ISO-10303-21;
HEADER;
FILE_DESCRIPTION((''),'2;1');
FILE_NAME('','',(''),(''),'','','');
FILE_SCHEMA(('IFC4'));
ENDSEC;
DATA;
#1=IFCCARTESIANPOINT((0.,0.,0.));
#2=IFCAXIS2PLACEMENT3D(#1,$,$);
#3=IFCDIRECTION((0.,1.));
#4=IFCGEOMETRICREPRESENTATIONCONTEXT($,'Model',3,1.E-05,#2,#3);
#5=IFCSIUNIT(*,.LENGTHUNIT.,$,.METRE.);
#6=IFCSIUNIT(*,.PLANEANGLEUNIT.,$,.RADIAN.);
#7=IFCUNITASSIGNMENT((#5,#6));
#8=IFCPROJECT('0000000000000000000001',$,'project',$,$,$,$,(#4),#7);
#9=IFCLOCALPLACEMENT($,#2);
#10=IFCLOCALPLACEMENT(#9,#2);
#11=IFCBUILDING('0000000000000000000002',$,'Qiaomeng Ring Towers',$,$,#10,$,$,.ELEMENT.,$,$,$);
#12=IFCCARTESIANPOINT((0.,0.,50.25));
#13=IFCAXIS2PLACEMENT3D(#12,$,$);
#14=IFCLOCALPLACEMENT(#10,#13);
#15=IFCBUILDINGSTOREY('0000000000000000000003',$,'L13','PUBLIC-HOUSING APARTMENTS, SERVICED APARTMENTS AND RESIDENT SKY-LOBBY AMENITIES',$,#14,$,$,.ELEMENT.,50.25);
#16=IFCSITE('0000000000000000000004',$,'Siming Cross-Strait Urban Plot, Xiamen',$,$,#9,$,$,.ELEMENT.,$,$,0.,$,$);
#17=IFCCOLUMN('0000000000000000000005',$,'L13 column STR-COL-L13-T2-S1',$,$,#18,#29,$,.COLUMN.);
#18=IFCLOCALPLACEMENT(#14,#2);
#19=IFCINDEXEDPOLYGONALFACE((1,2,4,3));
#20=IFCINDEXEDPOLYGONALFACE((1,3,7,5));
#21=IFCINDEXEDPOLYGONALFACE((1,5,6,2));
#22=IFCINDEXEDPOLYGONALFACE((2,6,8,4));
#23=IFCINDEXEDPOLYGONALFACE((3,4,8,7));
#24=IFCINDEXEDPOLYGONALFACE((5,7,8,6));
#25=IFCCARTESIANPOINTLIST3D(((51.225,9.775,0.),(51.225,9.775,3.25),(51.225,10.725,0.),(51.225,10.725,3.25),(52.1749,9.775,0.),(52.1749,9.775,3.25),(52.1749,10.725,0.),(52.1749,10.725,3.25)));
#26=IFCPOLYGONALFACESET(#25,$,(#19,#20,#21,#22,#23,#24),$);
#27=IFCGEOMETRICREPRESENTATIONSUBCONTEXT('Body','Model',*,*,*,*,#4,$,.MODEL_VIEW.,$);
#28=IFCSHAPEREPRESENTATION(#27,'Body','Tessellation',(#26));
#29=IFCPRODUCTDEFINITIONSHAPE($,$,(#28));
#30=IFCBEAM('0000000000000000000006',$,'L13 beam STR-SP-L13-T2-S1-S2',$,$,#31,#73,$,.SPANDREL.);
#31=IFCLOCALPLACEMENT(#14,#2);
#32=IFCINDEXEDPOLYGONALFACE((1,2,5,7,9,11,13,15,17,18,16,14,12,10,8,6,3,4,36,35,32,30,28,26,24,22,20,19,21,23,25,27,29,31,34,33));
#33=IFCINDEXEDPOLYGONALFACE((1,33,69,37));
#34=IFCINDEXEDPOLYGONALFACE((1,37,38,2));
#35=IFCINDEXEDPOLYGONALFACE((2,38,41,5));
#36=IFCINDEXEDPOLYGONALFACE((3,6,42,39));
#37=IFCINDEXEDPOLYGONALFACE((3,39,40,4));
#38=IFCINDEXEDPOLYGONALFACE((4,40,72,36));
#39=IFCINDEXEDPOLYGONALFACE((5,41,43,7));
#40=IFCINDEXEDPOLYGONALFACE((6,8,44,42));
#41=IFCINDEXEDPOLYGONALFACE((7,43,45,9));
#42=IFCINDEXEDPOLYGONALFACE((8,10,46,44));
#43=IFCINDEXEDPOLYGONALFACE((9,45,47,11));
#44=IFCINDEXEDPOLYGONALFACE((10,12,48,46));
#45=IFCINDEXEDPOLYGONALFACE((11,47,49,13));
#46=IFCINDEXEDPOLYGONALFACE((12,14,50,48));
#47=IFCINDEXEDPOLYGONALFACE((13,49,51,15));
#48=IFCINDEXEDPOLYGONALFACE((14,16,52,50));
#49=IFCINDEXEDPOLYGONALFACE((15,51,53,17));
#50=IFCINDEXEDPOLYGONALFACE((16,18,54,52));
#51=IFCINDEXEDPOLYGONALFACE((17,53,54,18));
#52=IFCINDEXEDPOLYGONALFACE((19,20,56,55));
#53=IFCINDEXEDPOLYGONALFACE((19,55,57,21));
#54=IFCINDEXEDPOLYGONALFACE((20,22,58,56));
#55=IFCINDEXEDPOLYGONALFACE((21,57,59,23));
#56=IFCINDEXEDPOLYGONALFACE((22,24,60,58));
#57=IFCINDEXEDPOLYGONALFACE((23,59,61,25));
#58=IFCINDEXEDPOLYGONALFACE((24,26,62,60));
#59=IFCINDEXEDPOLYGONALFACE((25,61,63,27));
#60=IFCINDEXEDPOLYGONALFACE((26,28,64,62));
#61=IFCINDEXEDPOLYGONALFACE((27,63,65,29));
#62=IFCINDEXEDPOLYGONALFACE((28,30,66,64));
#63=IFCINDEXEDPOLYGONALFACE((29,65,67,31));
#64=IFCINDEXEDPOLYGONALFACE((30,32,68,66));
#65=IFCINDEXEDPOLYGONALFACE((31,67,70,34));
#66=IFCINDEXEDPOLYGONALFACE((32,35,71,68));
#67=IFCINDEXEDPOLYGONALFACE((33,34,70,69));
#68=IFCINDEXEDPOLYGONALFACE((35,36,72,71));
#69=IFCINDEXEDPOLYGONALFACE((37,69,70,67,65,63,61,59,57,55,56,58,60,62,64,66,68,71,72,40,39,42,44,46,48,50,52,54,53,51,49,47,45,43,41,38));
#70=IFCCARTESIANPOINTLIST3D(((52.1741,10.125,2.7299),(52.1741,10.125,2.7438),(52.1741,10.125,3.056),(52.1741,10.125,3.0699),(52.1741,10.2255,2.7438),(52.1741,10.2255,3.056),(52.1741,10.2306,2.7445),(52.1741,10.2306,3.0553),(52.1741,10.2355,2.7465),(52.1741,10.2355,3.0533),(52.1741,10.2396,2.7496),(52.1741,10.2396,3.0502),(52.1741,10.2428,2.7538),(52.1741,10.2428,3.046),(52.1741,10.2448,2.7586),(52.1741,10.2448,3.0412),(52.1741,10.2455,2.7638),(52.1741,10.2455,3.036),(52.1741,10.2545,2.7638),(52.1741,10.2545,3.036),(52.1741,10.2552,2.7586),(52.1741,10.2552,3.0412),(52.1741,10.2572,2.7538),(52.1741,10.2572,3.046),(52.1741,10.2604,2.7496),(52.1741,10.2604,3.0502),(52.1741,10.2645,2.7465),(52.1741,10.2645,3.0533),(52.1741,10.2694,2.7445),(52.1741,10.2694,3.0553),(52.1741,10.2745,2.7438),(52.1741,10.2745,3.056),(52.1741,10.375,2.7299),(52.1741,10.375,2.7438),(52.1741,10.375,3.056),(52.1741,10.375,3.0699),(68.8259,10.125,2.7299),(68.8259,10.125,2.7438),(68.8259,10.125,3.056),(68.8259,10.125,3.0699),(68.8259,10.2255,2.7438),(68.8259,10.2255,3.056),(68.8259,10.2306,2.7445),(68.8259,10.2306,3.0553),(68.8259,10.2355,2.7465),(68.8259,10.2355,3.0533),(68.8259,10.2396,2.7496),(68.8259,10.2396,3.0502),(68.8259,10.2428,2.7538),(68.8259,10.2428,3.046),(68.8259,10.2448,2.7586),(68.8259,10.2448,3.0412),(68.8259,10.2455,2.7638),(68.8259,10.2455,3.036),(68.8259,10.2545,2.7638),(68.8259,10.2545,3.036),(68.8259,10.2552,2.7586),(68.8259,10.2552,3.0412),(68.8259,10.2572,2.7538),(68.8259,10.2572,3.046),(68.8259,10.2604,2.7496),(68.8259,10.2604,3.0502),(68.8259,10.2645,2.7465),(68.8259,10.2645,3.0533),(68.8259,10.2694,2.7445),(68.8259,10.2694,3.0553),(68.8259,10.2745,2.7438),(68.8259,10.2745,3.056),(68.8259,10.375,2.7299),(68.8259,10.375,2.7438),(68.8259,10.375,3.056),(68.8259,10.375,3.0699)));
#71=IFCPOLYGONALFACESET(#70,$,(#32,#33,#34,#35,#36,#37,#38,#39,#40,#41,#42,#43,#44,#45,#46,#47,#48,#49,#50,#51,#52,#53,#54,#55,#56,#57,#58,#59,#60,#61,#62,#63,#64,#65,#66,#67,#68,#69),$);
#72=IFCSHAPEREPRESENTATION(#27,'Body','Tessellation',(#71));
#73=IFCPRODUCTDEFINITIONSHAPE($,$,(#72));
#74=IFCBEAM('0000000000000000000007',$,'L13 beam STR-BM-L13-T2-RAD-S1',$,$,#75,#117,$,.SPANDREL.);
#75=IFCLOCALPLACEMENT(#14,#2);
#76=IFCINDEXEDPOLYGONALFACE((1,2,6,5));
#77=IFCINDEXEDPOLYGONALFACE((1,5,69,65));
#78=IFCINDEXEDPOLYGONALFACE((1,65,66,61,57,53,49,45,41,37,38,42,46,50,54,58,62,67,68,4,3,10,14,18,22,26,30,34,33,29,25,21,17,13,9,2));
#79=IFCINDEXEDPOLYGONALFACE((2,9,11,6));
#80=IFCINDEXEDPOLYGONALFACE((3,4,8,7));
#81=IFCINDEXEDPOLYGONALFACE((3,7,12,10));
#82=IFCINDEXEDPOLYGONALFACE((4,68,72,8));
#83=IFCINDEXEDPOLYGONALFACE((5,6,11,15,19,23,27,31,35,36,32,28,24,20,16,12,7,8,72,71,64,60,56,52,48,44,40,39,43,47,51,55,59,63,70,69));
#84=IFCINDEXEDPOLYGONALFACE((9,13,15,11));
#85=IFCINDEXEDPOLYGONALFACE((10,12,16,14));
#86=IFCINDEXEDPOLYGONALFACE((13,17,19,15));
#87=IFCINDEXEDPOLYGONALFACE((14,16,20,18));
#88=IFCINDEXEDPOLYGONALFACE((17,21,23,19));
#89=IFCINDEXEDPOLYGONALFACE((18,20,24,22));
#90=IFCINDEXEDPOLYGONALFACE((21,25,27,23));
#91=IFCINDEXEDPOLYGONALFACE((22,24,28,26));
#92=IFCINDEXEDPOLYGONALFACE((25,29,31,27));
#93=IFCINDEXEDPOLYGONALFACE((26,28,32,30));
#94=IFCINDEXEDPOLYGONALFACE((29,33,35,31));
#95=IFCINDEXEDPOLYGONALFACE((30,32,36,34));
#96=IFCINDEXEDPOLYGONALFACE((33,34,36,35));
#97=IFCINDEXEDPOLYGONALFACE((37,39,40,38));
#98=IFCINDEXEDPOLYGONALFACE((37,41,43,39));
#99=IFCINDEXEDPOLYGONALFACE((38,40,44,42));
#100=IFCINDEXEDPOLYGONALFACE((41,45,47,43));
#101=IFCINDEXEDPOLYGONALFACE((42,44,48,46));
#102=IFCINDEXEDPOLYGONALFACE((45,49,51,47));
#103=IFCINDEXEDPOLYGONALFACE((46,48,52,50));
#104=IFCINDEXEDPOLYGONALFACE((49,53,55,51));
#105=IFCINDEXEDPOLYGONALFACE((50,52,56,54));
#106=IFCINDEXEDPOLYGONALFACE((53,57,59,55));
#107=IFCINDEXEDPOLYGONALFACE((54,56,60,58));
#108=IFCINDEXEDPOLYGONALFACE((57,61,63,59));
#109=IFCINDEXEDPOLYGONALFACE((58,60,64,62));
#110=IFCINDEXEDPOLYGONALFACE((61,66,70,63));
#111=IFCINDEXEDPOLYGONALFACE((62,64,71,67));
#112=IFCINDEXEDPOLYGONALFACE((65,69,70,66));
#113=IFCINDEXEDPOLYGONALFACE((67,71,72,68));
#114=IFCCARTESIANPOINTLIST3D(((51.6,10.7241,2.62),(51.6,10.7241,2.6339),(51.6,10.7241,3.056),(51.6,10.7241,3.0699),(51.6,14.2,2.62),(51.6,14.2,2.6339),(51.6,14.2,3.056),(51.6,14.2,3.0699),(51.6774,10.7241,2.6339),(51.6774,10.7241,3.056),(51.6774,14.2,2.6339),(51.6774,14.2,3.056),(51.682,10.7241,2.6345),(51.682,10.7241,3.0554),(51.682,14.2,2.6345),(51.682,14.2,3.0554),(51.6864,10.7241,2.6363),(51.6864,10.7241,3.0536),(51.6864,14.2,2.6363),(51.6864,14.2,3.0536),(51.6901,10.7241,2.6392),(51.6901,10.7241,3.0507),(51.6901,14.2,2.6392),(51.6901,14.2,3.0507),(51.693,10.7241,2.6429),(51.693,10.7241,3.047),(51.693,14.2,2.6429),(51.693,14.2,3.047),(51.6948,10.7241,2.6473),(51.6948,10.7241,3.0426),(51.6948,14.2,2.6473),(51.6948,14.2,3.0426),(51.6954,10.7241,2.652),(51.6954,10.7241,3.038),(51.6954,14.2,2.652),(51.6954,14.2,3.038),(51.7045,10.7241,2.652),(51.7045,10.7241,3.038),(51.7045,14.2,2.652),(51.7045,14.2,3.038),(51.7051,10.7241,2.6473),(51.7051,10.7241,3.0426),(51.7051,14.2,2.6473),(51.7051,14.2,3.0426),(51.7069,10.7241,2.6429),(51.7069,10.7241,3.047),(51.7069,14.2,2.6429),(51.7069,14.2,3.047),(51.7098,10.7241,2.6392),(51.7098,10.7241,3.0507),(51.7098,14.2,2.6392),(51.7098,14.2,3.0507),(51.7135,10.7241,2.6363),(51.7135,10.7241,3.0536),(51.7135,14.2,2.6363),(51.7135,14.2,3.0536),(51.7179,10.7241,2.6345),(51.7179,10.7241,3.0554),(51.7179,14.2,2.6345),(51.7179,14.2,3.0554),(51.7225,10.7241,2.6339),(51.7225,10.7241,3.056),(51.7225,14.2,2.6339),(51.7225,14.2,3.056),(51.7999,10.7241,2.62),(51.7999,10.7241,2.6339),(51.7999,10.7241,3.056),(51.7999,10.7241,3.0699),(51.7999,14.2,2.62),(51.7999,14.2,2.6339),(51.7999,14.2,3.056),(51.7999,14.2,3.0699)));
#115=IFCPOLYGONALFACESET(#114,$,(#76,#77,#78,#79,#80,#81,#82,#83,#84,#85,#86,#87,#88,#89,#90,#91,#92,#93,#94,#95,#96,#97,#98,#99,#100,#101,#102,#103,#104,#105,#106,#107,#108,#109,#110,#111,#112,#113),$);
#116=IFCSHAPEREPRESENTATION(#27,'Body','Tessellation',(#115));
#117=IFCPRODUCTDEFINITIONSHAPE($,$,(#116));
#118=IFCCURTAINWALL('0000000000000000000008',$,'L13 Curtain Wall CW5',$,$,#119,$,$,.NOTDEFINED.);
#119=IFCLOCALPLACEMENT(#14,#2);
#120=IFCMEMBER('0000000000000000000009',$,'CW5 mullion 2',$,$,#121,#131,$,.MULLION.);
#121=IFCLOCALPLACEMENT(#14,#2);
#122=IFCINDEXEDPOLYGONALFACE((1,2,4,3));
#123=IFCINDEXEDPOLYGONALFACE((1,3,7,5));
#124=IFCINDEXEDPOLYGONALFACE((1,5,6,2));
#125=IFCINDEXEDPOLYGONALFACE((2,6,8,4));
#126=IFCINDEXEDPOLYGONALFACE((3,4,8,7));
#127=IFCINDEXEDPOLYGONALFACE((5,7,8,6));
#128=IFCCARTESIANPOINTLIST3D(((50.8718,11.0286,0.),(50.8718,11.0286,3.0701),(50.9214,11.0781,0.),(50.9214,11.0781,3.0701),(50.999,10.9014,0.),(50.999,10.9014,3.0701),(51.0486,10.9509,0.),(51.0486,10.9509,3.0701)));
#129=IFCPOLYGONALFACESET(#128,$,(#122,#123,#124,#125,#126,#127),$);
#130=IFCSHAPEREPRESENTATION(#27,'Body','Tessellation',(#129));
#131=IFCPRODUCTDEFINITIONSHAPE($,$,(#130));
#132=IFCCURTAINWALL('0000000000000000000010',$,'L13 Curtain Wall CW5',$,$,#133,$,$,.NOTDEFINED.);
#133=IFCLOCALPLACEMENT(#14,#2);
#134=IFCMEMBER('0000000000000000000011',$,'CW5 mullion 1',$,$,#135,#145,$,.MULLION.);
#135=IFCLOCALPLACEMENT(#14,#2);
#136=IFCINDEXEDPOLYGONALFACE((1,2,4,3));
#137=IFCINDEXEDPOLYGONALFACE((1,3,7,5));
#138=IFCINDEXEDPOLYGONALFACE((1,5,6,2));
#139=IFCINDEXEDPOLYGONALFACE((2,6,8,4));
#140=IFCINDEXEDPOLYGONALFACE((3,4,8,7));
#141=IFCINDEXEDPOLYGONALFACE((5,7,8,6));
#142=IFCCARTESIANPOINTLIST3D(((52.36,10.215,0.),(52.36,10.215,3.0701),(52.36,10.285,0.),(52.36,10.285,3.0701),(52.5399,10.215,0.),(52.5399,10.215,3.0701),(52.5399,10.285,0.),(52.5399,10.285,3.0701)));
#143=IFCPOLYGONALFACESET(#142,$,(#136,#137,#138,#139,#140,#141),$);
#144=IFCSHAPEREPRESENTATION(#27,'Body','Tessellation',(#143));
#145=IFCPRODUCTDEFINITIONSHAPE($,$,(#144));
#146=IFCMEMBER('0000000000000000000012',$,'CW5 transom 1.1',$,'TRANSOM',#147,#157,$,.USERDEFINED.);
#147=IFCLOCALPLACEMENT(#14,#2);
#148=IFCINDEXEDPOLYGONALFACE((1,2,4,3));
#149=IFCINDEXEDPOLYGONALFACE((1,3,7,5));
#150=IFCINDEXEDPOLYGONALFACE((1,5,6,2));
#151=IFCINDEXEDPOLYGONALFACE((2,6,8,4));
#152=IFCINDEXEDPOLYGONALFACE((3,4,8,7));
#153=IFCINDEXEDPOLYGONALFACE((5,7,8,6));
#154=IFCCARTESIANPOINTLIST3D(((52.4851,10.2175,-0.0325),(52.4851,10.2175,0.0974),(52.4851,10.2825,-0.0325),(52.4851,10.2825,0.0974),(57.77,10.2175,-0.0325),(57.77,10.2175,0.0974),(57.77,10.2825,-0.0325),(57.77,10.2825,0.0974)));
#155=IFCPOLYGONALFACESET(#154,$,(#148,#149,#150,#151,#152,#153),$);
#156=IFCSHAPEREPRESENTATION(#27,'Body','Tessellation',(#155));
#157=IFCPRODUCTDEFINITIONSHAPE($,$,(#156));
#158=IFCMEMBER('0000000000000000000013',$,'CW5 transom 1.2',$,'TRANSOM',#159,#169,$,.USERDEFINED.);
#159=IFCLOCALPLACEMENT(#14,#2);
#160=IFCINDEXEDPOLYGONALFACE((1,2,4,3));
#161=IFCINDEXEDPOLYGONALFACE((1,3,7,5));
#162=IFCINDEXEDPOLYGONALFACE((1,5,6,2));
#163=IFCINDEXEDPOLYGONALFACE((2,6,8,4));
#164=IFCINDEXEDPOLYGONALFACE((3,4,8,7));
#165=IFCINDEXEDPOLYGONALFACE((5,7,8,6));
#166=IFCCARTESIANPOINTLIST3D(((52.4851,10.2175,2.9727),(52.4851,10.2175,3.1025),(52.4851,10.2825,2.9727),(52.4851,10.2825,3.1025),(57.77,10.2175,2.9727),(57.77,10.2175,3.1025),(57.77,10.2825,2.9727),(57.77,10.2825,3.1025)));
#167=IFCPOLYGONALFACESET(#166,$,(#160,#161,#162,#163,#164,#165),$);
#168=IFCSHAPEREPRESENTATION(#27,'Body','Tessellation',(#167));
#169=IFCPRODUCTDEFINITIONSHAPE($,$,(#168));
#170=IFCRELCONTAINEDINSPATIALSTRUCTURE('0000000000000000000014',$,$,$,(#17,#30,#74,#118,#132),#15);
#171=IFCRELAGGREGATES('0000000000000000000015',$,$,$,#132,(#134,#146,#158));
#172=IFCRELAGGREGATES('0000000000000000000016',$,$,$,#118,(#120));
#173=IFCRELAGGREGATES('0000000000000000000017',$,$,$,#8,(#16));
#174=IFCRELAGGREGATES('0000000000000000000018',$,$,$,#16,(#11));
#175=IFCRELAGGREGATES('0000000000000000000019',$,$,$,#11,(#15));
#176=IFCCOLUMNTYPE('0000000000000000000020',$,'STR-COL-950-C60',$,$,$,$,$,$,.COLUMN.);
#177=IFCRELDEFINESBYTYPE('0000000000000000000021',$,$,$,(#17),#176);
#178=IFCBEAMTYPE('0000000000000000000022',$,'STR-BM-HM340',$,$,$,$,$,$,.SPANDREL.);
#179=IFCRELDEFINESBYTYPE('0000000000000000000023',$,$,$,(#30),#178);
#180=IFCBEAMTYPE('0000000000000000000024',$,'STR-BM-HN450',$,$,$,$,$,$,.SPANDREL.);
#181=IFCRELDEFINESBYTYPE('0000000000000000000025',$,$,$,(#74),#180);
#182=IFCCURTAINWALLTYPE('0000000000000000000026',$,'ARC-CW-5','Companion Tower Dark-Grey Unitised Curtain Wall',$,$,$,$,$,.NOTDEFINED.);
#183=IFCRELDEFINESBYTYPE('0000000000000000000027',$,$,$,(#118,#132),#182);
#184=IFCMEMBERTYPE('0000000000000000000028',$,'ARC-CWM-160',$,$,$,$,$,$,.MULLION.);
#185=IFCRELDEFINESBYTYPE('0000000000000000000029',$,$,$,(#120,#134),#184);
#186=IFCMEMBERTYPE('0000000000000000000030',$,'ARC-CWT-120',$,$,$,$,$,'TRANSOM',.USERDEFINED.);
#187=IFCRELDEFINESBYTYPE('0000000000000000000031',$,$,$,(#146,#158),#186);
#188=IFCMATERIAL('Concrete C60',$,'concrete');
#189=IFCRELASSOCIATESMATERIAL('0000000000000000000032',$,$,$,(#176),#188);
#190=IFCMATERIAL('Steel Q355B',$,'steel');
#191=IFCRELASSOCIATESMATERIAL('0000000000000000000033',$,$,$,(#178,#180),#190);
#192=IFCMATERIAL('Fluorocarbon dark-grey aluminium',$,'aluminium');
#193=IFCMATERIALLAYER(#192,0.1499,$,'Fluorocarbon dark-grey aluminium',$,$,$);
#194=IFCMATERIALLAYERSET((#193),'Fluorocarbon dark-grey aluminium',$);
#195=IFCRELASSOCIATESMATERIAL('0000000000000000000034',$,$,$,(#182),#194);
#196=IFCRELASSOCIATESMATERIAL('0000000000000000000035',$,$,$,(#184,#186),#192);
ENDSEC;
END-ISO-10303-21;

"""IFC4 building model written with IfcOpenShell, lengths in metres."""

from ifc_helpers import new_model, si_unit, direction, frame, origin, origin_2d, place, context, subcontext, project, spatial, rectangle, i_section, extrude, source, transform, mapped, material, layer, layer_set, material_profile, profile_set, type_object, element, aggregate, save


model = new_model("IFC4")

# Units and contexts
model_context = context("Model", 3, precision=1e-05, world=origin(), true_north=direction((0.0, 1.0)))
body_context = subcontext(model_context, "Body", "Model", "MODEL_VIEW")
ifc_project = project(units=[si_unit("LENGTHUNIT", "METRE"), si_unit("PLANEANGLEUNIT", "RADIAN")], contexts=[model_context])

# Site, building, storey
site_placement = place(None, origin())
site = spatial("IfcSite", under=ifc_project, at=site_placement, Name="Siming Cross-Strait Urban Plot, Xiamen", CompositionType="ELEMENT", RefElevation=0.0)
building_placement = place(site_placement, origin())
building = spatial("IfcBuilding", under=site, at=building_placement, Name="Qiaomeng Ring Towers", CompositionType="ELEMENT")
storey_placement = place(building_placement, frame((0.0, 0.0, 50.25)))
storey = spatial("IfcBuildingStorey", under=building, at=storey_placement, Name="L13", Description="PUBLIC-HOUSING APARTMENTS, SERVICED APARTMENTS AND RESIDENT SKY-LOBBY AMENITIES", CompositionType="ELEMENT", Elevation=50.25)

# Column
ifc_material_1 = material(Name="Concrete C60", Category="concrete")
ifc_material_profile_1 = material_profile(ifc_material_1, rectangle(XDim=0.95, YDim=0.95, at=origin_2d()), Name="RC COL 950x950")
ifc_profile_set_1 = profile_set([ifc_material_profile_1], Name="Concrete C60")
column_type = type_object("IfcColumnType", Name="STR-COL-950-C60", PredefinedType="COLUMN", material=ifc_profile_set_1)
shared_shape_1 = source(origin(), body_context, "Body", "SweptSolid", [
    extrude(rectangle(XDim=0.95, YDim=0.95, at=origin_2d()), origin(), (0.0, 0.0, 1.0), 3.25),
])
column_placement = place(storey_placement, frame((51.7, 10.25, 0.0), z_axis=(0.0, 0.0, 1.0), x_axis=(1.0, 0.0, 0.0)))
element("IfcColumn", 1, at=column_placement, inside=storey, type_object=column_type, Name="L13 column STR-COL-L13-T2-S1", PredefinedType="COLUMN", context=body_context, shape_type="MappedRepresentation", body=[
    mapped(shared_shape_1, transform((0.0, 0.0, 0.0), x_axis=(1.0, 0.0, 0.0), y_axis=(0.0, 1.0, 0.0), z_axis=(0.0, 0.0, 1.0), scale=1.0)),
])

# Beams
ifc_material_2 = material(Name="Steel Q355B", Category="steel")
ifc_material_profile_2 = material_profile(ifc_material_2, i_section(OverallWidth=0.25, OverallDepth=0.3401, WebThickness=0.009, FlangeThickness=0.0139, FilletRadius=0.02, at=origin_2d()), Name="HM 340x250x9x14")
ifc_profile_set_2 = profile_set([ifc_material_profile_2], Name="Steel Q355B")
beam_type_1 = type_object("IfcBeamType", Name="STR-BM-HM340", PredefinedType="SPANDREL", material=ifc_profile_set_2)
shared_shape_2 = source(origin(), body_context, "Body", "SweptSolid", [
    extrude(i_section(OverallWidth=0.25, OverallDepth=0.3401, WebThickness=0.009, FlangeThickness=0.0139, FilletRadius=0.02, at=origin_2d()), origin(), (0.0, 0.0, 1.0), 16.6519),
])
beam_1_placement = place(storey_placement, frame((52.1741, 10.25, 2.8999), z_axis=(1.0, 0.0, 0.0), x_axis=(0.0, 1.0, 0.0)))
element("IfcBeam", 2, at=beam_1_placement, inside=storey, type_object=beam_type_1, Name="L13 beam STR-SP-L13-T2-S1-S2", PredefinedType="SPANDREL", context=body_context, shape_type="MappedRepresentation", body=[
    mapped(shared_shape_2, transform((0.0, 0.0, 0.0), x_axis=(1.0, 0.0, 0.0), y_axis=(0.0, 1.0, 0.0), z_axis=(0.0, 0.0, 1.0), scale=1.0)),
])
ifc_material_profile_3 = material_profile(ifc_material_2, i_section(OverallWidth=0.2, OverallDepth=0.45, WebThickness=0.009, FlangeThickness=0.0139, FilletRadius=0.0181, at=origin_2d()), Name="HN 450x200x9x14")
ifc_profile_set_3 = profile_set([ifc_material_profile_3], Name="Steel Q355B")
beam_type_2 = type_object("IfcBeamType", Name="STR-BM-HN450", PredefinedType="SPANDREL", material=ifc_profile_set_3)
shared_shape_3 = source(origin(), body_context, "Body", "SweptSolid", [
    extrude(i_section(OverallWidth=0.2, OverallDepth=0.45, WebThickness=0.009, FlangeThickness=0.0139, FilletRadius=0.0181, at=origin_2d()), origin(), (0.0, 0.0, 1.0), 3.4758),
])
beam_2_placement = place(storey_placement, frame((51.7, 10.7241, 2.845), z_axis=(0.0, 1.0, 0.0), x_axis=(-1.0, 0.0, 0.0)))
element("IfcBeam", 3, at=beam_2_placement, inside=storey, type_object=beam_type_2, Name="L13 beam STR-BM-L13-T2-RAD-S1", PredefinedType="SPANDREL", context=body_context, shape_type="MappedRepresentation", body=[
    mapped(shared_shape_3, transform((0.0, 0.0, 0.0), x_axis=(1.0, 0.0, 0.0), y_axis=(0.0, 1.0, 0.0), z_axis=(0.0, 0.0, 1.0), scale=1.0)),
])

# Curtain wall, member
ifc_material_3 = material(Name="Fluorocarbon dark-grey aluminium", Category="aluminium")
ifc_layer_1 = layer(ifc_material_3, 0.1499, Name="Fluorocarbon dark-grey aluminium")
ifc_layer_set_1 = layer_set([ifc_layer_1], Name="Fluorocarbon dark-grey aluminium")
curtain_wall_type = type_object("IfcCurtainWallType", Name="ARC-CW-5", Description="Companion Tower Dark-Grey Unitised Curtain Wall", PredefinedType="NOTDEFINED", material=ifc_layer_set_1)
curtain_wall_1_placement = place(storey_placement, origin())
curtain_wall_1 = element("IfcCurtainWall", 4, at=curtain_wall_1_placement, inside=storey, type_object=curtain_wall_type, Name="L13 Curtain Wall CW5", PredefinedType="NOTDEFINED")
ifc_material_profile_4 = material_profile(ifc_material_3, rectangle(XDim=0.0701, YDim=0.1799, at=origin_2d()), Name="ALU MULL 70x180")
ifc_profile_set_4 = profile_set([ifc_material_profile_4], Name="Fluorocarbon dark-grey aluminium")
member_type_1 = type_object("IfcMemberType", Name="ARC-CWM-160", PredefinedType="MULLION", material=ifc_profile_set_4)
shared_shape_4 = source(origin(), body_context, "Body", "SweptSolid", [
    extrude(rectangle(XDim=0.0701, YDim=0.1799, at=origin_2d()), origin(), (0.0, 0.0, 1.0), 3.0701),
])
member_1_placement = place(storey_placement, frame((50.9602, 10.9897, 0.0), z_axis=(0.0, 0.0, 1.0), x_axis=(0.707107, 0.707107, 0.0)))
member_1 = element("IfcMember", 5, at=member_1_placement, type_object=member_type_1, Name="CW5 mullion 2", PredefinedType="MULLION", context=body_context, shape_type="MappedRepresentation", body=[
    mapped(shared_shape_4, transform((0.0, 0.0, 0.0), x_axis=(1.0, 0.0, 0.0), y_axis=(0.0, 1.0, 0.0), z_axis=(0.0, 0.0, 1.0), scale=1.0)),
])

# Curtain wall, members
curtain_wall_2_placement = place(storey_placement, origin())
curtain_wall_2 = element("IfcCurtainWall", 6, at=curtain_wall_2_placement, inside=storey, type_object=curtain_wall_type, Name="L13 Curtain Wall CW5", PredefinedType="NOTDEFINED")
member_2_placement = place(storey_placement, frame((52.45, 10.25, 0.0), z_axis=(0.0, 0.0, 1.0), x_axis=(0.0, 1.0, 0.0)))
member_2 = element("IfcMember", 7, at=member_2_placement, type_object=member_type_1, Name="CW5 mullion 1", PredefinedType="MULLION", context=body_context, shape_type="MappedRepresentation", body=[
    mapped(shared_shape_4, transform((0.0, 0.0, 0.0), x_axis=(1.0, 0.0, 0.0), y_axis=(0.0, 1.0, 0.0), z_axis=(0.0, 0.0, 1.0), scale=1.0)),
])
ifc_material_profile_5 = material_profile(ifc_material_3, rectangle(XDim=0.0649, YDim=0.1299, at=origin_2d()), Name="ALU TRAN 65x130")
ifc_profile_set_5 = profile_set([ifc_material_profile_5], Name="Fluorocarbon dark-grey aluminium")
member_type_2 = type_object("IfcMemberType", Name="ARC-CWT-120", ElementType="TRANSOM", PredefinedType="USERDEFINED", material=ifc_profile_set_5)
shared_shape_5 = source(origin(), body_context, "Body", "SweptSolid", [
    extrude(rectangle(XDim=0.0649, YDim=0.1299, at=origin_2d()), origin(), (0.0, 0.0, 1.0), 5.2849),
])
member_3_placement = place(storey_placement, frame((52.4851, 10.25, 0.0325), z_axis=(1.0, 0.0, 0.0), x_axis=(0.0, 1.0, 0.0)))
member_3 = element("IfcMember", 8, at=member_3_placement, type_object=member_type_2, Name="CW5 transom 1.1", ObjectType="TRANSOM", PredefinedType="USERDEFINED", context=body_context, shape_type="MappedRepresentation", body=[
    mapped(shared_shape_5, transform((0.0, 0.0, 0.0), x_axis=(1.0, 0.0, 0.0), y_axis=(0.0, 1.0, 0.0), z_axis=(0.0, 0.0, 1.0), scale=1.0)),
])
member_4_placement = place(storey_placement, frame((52.4851, 10.25, 3.0376), z_axis=(1.0, 0.0, 0.0), x_axis=(0.0, 1.0, 0.0)))
member_4 = element("IfcMember", 9, at=member_4_placement, type_object=member_type_2, Name="CW5 transom 1.2", ObjectType="TRANSOM", PredefinedType="USERDEFINED", context=body_context, shape_type="MappedRepresentation", body=[
    mapped(shared_shape_5, transform((0.0, 0.0, 0.0), x_axis=(1.0, 0.0, 0.0), y_axis=(0.0, 1.0, 0.0), z_axis=(0.0, 0.0, 1.0), scale=1.0)),
])
aggregate(curtain_wall_2, [member_2, member_3, member_4])

aggregate(curtain_wall_1, [member_1])

save(model, "model.ifc")
